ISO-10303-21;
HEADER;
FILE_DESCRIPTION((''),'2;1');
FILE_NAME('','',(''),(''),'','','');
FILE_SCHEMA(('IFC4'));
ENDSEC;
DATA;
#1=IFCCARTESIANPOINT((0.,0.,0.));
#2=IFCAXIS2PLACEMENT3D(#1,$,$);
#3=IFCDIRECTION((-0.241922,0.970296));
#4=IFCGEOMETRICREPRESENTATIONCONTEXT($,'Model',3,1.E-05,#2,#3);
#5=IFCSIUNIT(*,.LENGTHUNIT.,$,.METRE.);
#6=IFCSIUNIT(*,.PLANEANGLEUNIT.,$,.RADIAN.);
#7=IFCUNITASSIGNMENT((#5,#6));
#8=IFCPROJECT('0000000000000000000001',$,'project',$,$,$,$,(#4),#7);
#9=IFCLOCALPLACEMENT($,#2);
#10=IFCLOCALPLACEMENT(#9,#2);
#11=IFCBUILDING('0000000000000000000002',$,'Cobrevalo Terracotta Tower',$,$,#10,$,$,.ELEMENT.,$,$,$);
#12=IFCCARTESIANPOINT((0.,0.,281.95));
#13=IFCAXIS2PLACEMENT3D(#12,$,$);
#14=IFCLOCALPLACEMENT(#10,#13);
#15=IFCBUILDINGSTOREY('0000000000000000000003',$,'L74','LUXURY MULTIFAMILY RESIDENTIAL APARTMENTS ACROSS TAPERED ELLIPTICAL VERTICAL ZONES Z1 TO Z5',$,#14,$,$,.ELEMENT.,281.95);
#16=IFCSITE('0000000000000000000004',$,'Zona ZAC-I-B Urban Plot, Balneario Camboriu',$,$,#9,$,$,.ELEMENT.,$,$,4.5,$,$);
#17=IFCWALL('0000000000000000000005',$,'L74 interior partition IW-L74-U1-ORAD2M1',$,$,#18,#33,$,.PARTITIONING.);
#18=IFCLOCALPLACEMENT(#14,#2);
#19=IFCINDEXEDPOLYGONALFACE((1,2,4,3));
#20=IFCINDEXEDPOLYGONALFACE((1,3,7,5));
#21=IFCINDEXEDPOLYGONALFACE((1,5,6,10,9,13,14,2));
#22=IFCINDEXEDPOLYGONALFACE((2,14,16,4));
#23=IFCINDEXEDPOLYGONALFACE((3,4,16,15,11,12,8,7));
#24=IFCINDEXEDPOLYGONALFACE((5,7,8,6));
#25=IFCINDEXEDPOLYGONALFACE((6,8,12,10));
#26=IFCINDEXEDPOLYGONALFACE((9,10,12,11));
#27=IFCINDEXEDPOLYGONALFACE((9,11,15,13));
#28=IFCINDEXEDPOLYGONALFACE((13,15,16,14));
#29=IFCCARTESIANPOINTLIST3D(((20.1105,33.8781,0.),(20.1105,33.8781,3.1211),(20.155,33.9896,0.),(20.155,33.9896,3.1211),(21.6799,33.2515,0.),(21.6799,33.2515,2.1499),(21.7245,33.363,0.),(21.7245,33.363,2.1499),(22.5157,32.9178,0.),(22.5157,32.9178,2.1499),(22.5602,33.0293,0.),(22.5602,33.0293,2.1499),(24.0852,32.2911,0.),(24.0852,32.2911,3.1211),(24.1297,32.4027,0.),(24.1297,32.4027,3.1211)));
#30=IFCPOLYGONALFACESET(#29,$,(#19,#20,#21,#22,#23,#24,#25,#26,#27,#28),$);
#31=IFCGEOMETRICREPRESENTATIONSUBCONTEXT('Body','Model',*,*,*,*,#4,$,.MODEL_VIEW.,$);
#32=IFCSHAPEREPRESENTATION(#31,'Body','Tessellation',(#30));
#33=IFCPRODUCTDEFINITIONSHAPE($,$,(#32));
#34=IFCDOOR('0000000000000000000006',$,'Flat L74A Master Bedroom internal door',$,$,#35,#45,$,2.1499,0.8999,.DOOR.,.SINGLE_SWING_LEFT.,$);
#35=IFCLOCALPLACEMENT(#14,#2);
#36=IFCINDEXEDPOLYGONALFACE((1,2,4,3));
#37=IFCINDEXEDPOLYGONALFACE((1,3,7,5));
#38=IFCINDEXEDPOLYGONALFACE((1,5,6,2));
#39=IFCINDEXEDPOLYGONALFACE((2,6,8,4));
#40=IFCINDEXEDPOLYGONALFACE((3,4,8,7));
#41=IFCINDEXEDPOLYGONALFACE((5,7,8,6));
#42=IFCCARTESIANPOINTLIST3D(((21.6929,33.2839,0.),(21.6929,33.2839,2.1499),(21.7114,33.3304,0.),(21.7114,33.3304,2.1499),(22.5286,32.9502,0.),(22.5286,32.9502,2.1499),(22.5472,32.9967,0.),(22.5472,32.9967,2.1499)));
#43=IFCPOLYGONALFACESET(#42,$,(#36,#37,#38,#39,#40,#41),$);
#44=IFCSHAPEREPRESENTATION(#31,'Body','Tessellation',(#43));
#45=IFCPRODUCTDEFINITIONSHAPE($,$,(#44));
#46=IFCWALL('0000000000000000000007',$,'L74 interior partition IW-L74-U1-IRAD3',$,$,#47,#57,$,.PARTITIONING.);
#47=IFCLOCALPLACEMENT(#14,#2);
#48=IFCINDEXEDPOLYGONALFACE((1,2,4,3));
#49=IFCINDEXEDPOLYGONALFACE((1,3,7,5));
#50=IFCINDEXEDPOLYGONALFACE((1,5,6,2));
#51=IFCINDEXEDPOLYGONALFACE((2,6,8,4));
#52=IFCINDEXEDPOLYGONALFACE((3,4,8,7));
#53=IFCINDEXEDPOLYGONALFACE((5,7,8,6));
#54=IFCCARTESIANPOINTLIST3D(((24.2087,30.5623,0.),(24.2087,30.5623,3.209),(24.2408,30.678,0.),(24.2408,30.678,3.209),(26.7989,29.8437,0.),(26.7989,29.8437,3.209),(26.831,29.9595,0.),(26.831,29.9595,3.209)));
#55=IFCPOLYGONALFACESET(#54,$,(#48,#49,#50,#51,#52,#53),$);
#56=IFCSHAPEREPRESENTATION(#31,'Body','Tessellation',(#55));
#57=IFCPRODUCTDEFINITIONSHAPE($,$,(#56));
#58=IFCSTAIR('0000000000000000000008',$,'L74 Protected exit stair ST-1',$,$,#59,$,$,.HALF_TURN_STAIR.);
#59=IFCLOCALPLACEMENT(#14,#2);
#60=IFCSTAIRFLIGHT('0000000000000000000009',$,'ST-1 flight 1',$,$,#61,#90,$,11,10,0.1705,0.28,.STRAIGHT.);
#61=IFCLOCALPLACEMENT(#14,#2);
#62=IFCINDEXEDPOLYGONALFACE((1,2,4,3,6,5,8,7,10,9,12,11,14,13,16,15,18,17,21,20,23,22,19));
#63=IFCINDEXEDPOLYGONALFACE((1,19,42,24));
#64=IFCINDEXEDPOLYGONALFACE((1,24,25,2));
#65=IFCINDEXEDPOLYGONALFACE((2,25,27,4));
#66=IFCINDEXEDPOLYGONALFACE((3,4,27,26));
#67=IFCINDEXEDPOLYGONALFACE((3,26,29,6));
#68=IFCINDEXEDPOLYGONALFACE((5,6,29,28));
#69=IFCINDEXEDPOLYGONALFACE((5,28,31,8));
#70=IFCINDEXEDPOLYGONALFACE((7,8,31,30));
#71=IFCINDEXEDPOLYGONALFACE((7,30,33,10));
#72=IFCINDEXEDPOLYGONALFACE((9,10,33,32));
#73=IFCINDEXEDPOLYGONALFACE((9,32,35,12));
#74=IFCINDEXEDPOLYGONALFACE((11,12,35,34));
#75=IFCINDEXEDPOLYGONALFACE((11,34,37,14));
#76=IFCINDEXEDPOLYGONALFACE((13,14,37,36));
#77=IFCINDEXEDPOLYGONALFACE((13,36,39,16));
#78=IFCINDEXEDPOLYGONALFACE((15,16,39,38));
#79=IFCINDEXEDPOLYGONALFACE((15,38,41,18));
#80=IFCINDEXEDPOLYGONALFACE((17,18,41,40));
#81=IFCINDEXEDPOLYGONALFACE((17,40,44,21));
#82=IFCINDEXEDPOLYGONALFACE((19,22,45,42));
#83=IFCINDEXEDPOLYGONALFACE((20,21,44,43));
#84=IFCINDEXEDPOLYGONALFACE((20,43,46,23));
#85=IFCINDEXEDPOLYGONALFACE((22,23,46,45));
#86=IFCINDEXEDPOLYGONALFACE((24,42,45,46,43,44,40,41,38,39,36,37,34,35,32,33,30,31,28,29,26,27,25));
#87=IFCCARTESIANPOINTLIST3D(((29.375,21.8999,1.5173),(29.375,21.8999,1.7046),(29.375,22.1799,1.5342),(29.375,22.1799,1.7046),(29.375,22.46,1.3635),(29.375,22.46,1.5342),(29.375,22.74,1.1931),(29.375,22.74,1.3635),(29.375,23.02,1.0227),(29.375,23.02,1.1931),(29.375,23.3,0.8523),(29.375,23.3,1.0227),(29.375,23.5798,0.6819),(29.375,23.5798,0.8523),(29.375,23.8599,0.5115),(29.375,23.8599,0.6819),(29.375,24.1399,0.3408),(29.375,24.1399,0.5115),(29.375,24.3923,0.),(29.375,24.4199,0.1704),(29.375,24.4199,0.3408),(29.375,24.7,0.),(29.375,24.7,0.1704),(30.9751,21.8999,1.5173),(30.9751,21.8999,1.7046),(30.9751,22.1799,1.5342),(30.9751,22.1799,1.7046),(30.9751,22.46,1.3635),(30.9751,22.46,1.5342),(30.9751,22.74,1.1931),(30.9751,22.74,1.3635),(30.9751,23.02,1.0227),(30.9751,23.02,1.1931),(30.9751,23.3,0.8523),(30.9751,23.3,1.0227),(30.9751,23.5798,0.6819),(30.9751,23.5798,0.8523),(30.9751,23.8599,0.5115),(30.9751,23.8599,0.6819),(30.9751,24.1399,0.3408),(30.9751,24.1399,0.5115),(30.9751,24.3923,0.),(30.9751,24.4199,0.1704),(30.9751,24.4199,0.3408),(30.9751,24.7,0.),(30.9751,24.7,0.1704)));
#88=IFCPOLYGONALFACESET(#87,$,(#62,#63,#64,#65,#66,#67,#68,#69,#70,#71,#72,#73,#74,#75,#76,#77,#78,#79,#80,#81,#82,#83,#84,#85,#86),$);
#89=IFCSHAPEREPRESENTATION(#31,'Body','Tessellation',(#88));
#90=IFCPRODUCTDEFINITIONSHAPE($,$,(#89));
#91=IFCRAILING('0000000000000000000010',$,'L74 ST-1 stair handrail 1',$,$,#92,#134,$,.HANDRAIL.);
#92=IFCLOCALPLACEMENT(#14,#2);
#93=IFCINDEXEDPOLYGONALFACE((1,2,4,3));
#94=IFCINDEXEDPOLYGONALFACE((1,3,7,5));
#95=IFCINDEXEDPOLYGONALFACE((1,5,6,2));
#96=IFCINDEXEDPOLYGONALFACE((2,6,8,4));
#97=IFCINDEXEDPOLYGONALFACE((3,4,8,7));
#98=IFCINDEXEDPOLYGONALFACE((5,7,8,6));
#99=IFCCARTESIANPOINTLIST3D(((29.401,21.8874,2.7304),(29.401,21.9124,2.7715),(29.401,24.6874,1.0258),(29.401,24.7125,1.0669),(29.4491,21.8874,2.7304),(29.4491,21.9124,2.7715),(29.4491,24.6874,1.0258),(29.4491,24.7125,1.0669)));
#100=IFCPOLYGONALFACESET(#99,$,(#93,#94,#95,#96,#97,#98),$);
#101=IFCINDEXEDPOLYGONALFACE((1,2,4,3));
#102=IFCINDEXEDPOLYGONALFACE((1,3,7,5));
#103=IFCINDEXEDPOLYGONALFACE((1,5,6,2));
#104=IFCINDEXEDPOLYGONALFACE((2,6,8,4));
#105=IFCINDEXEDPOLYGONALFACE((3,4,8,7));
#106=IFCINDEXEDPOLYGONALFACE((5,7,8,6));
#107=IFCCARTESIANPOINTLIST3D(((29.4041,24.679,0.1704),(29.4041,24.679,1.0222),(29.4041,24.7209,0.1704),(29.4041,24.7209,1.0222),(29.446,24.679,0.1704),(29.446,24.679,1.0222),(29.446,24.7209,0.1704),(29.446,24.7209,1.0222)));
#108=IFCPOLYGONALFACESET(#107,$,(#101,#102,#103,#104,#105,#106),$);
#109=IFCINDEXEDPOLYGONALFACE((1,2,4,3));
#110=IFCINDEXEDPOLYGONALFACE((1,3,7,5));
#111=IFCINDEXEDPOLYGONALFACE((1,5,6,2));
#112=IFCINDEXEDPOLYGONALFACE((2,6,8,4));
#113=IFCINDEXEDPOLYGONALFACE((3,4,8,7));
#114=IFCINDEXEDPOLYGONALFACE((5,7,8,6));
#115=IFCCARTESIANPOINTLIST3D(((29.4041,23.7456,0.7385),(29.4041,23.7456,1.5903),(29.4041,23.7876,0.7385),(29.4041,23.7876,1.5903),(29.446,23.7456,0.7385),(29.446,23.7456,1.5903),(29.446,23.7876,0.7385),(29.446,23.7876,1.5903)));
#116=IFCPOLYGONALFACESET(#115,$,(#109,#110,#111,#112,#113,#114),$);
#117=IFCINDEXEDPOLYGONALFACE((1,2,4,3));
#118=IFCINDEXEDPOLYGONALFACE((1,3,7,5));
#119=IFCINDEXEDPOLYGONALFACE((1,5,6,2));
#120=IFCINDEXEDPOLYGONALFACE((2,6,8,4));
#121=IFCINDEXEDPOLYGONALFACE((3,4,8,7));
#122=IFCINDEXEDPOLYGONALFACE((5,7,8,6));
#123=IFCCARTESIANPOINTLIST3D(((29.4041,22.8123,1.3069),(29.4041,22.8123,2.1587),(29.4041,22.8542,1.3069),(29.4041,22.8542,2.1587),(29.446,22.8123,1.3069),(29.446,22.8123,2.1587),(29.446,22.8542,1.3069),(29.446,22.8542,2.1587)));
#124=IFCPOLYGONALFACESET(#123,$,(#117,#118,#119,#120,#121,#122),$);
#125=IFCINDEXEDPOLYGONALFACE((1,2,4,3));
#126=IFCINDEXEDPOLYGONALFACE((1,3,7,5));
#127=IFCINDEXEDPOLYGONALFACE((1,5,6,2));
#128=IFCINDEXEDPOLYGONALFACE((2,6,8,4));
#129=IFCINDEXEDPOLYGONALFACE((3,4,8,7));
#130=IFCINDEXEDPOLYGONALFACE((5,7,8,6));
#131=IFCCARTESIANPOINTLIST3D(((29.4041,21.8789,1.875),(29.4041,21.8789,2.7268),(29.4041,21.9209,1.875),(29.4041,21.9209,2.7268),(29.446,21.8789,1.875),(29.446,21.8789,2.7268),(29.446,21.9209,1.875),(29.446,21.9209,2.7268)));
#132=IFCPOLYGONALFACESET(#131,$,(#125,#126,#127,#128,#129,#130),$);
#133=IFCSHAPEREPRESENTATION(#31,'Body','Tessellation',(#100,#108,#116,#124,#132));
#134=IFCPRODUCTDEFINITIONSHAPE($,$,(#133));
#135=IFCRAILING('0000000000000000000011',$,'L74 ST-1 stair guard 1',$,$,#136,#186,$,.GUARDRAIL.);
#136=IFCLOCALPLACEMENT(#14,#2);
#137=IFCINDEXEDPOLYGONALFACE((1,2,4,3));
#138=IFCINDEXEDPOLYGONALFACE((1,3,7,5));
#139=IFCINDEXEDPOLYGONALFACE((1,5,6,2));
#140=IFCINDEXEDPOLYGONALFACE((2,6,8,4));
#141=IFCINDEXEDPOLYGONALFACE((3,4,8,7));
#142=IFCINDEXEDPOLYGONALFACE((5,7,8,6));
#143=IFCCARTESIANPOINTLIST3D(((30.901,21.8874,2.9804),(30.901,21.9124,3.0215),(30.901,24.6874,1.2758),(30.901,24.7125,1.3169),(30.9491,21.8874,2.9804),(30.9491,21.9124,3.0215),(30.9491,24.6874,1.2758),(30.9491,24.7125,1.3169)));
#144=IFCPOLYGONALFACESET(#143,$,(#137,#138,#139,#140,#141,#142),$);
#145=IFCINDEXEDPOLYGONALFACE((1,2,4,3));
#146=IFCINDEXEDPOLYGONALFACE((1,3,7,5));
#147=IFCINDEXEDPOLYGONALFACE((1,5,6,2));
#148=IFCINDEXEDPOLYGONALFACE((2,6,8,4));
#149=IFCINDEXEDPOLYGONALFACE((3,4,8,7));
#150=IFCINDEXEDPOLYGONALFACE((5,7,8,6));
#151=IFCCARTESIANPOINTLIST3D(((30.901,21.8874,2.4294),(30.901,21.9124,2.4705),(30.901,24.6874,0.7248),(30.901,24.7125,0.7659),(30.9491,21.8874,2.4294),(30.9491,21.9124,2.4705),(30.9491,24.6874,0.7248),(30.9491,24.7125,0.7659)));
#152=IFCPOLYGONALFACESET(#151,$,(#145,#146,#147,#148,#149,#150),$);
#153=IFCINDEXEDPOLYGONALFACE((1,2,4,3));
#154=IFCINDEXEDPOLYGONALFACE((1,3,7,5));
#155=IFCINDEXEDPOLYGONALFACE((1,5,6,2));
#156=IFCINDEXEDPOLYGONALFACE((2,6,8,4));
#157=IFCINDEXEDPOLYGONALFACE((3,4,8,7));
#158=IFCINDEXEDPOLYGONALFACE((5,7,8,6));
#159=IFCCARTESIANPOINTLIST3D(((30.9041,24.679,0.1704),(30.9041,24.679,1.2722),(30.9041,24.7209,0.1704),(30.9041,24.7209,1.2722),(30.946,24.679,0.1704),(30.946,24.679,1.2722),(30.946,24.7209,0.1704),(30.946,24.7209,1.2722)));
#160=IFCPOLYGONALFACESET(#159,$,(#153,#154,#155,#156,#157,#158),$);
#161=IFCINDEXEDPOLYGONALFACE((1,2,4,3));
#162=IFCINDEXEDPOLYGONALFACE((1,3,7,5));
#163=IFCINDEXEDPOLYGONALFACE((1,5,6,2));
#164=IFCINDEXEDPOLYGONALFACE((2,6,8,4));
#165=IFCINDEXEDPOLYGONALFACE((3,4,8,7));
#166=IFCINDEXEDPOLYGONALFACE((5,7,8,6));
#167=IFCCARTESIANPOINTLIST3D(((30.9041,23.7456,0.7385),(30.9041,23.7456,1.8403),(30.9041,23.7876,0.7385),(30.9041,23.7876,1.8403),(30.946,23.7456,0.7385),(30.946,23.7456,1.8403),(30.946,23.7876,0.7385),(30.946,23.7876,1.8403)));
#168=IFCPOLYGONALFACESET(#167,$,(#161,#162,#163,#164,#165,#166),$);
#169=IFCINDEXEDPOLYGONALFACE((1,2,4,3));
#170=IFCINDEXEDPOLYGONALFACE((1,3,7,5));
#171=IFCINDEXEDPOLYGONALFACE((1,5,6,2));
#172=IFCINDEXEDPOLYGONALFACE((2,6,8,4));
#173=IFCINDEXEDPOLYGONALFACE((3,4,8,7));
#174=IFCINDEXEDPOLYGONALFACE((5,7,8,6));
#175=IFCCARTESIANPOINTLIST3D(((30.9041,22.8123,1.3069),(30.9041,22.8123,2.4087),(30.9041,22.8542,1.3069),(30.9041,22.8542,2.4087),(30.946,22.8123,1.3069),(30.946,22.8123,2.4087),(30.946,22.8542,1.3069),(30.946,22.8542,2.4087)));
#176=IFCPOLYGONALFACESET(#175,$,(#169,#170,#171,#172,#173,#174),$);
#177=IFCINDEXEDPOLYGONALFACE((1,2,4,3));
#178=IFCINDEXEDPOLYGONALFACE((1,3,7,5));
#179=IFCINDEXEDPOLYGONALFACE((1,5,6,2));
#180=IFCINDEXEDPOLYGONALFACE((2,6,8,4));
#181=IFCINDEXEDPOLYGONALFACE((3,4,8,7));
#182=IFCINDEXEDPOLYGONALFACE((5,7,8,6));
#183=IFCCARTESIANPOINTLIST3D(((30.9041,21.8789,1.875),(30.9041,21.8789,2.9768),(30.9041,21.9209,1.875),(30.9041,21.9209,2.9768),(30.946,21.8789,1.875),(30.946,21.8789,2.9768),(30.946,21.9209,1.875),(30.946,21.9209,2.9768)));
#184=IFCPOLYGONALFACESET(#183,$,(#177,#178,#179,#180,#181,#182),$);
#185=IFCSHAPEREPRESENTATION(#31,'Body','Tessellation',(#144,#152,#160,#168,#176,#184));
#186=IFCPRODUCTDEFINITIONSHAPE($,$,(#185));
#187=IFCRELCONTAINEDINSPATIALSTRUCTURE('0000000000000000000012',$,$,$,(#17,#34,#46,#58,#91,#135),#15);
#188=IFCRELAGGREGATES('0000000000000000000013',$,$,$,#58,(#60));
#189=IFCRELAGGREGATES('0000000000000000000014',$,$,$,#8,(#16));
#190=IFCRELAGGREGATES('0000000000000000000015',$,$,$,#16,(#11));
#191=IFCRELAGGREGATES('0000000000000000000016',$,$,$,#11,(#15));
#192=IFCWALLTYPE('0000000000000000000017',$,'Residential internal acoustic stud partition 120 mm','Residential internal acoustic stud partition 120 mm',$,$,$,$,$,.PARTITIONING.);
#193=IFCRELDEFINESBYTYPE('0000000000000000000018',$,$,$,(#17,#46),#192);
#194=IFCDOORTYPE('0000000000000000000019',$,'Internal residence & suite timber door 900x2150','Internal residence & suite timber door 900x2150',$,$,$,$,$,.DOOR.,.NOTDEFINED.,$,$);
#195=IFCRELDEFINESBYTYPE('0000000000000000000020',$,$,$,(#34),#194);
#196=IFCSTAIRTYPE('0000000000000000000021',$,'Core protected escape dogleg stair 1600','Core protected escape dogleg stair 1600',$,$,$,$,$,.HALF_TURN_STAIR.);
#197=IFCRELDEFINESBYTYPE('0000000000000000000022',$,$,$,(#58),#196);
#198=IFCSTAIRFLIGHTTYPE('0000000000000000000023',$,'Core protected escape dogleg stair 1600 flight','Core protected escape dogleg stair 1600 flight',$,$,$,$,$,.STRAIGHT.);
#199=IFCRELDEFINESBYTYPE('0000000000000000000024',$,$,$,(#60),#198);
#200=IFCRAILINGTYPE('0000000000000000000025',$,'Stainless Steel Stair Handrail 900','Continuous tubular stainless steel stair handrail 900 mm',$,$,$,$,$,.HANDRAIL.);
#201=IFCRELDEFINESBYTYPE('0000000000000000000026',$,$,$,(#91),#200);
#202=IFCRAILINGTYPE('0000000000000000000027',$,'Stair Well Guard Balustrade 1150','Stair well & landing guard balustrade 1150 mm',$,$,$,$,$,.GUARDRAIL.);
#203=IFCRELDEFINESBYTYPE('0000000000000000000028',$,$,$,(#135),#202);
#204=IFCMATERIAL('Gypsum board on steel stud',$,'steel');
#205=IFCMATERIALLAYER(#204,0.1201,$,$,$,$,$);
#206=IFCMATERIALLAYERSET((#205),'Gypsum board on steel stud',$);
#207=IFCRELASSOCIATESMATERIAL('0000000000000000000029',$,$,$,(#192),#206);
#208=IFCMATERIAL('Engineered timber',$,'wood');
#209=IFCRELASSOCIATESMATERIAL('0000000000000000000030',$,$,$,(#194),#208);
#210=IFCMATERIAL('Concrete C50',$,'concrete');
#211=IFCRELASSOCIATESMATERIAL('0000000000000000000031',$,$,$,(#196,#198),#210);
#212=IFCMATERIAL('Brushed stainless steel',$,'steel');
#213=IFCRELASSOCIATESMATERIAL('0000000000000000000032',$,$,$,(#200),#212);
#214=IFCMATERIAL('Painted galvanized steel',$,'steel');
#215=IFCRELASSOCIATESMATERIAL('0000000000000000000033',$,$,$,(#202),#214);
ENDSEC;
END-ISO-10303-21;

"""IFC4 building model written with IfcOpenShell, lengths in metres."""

from ifc_helpers import new_model, si_unit, direction, frame, frame_2d, origin, origin_2d, place, context, subcontext, project, spatial, polyline, rectangle, outline, extrude, source, transform, mapped, material, layer, layer_set, type_object, element, fill, aggregate, save


model = new_model("IFC4")

# Units and contexts
model_context = context("Model", 3, precision=1e-05, world=origin(), true_north=direction((-0.241922, 0.970296)))
body_context = subcontext(model_context, "Body", "Model", "MODEL_VIEW")
ifc_project = project(units=[si_unit("LENGTHUNIT", "METRE"), si_unit("PLANEANGLEUNIT", "RADIAN")], contexts=[model_context])

# Site, building, storey
site_placement = place(None, origin())
site = spatial("IfcSite", under=ifc_project, at=site_placement, Name="Zona ZAC-I-B Urban Plot, Balneario Camboriu", CompositionType="ELEMENT", RefElevation=4.5)
building_placement = place(site_placement, origin())
building = spatial("IfcBuilding", under=site, at=building_placement, Name="Cobrevalo Terracotta Tower", CompositionType="ELEMENT")
storey_placement = place(building_placement, frame((0.0, 0.0, 281.95)))
storey = spatial("IfcBuildingStorey", under=building, at=storey_placement, Name="L74", Description="LUXURY MULTIFAMILY RESIDENTIAL APARTMENTS ACROSS TAPERED ELLIPTICAL VERTICAL ZONES Z1 TO Z5", CompositionType="ELEMENT", Elevation=281.95)

# Shared definitions
ifc_material_1 = material(Name="Gypsum board on steel stud", Category="steel")

# Shared definitions
ifc_material_2 = material(Name="Brushed stainless steel", Category="steel")

# Wall, opening, door
ifc_layer_1 = layer(ifc_material_1, 0.1201)
ifc_layer_set_1 = layer_set([ifc_layer_1], Name="Gypsum board on steel stud")
wall_type_1 = type_object("IfcWallType", Name="Residential internal acoustic stud partition 120 mm", Description="Residential internal acoustic stud partition 120 mm", PredefinedType="PARTITIONING", material=ifc_layer_set_1)
wall_1_placement = place(storey_placement, frame((24.1074, 32.3469, 0.0), z_axis=(0.0, 0.0, 1.0), x_axis=(-0.928713, 0.3708, 0.0)))
wall_1 = element("IfcWall", 1, at=wall_1_placement, inside=storey, type_object=wall_type_1, Name="L74 interior partition IW-L74-U1-ORAD2M1", PredefinedType="PARTITIONING", context=body_context, shape_type="SweptSolid", body=[
    extrude(rectangle(XDim=4.2798, YDim=0.1201, at=frame_2d((2.1399, 0.0))), origin(), (0.0, 0.0, 1.0), 3.1211),
])
opening_1_placement = place(wall_1_placement, frame((1.6899, 0.0, 0.0)))
opening_1 = element("IfcOpeningElement", 2, at=opening_1_placement, cuts=wall_1, PredefinedType="OPENING", context=body_context, shape_type="SweptSolid", body=[
    extrude(rectangle(XDim=0.8999, YDim=2.1499, at=frame_2d((0.45, 1.075))), frame((0.0, 0.0701, 0.0), z_axis=(0.0, -1.0, 0.0), x_axis=(1.0, 0.0, 0.0)), (0.0, 0.0, 1.0), 0.1401),
])
ifc_material_3 = material(Name="Engineered timber", Category="wood")
door_type_1 = type_object("IfcDoorType", Name="Internal residence & suite timber door 900x2150", Description="Internal residence & suite timber door 900x2150", OperationType="NOTDEFINED", PredefinedType="DOOR", material=ifc_material_3)
shared_shape_1 = source(origin(), body_context, "Body", "SweptSolid", [
    extrude(rectangle(XDim=0.8999, YDim=2.1499, at=frame_2d((0.45, 1.075))), frame((0.0, 0.0249, 0.0), z_axis=(0.0, -1.0, 0.0), x_axis=(1.0, 0.0, 0.0)), (0.0, 0.0, 1.0), 0.05),
])
door_1_placement = place(opening_1_placement, frame((0.8999, 0.0, 0.0), z_axis=(0.0, 0.0, 1.0), x_axis=(-1.0, 0.0, 0.0)))
door_1 = element("IfcDoor", 3, at=door_1_placement, inside=storey, type_object=door_type_1, Name="Flat L74A Master Bedroom internal door", OperationType="SINGLE_SWING_LEFT", OverallHeight=2.1499, OverallWidth=0.8999, PredefinedType="DOOR", context=body_context, shape_type="MappedRepresentation", body=[
    mapped(shared_shape_1, transform((0.0, 0.0, 0.0), scale=1.0)),
])
fill(opening_1, door_1)

# Wall
wall_2_placement = place(storey_placement, frame((26.8149, 29.9016, 0.0), z_axis=(0.0, 0.0, 1.0), x_axis=(-0.96361, 0.267311, 0.0)))
element("IfcWall", 4, at=wall_2_placement, inside=storey, type_object=wall_type_1, Name="L74 interior partition IW-L74-U1-IRAD3", PredefinedType="PARTITIONING", context=body_context, shape_type="SweptSolid", body=[
    extrude(rectangle(XDim=2.688, YDim=0.1201, at=frame_2d((1.344, 0.0))), origin(), (0.0, 0.0, 1.0), 3.209),
])

# Shared definitions
ifc_material_4 = material(Name="Concrete C50", Category="concrete")

# Stair, stair flight
stair_type = type_object("IfcStairType", Name="Core protected escape dogleg stair 1600", Description="Core protected escape dogleg stair 1600", PredefinedType="HALF_TURN_STAIR", material=ifc_material_4)
stair_placement = place(storey_placement, origin())
stair = element("IfcStair", 5, at=stair_placement, inside=storey, type_object=stair_type, Name="L74 Protected exit stair ST-1", PredefinedType="HALF_TURN_STAIR")
stair_flight_type = type_object("IfcStairFlightType", Name="Core protected escape dogleg stair 1600 flight", Description="Core protected escape dogleg stair 1600 flight", PredefinedType="STRAIGHT", material=ifc_material_4)
stair_flight_placement = place(storey_placement, frame((30.175, 24.7, 0.0), z_axis=(0.0, 0.0, 1.0), x_axis=(0.0, -1.0, 0.0)))
stair_flight = element("IfcStairFlight", 6, at=stair_flight_placement, type_object=stair_flight_type, Name="ST-1 flight 1", NumberOfRisers=11, NumberOfTreads=10, PredefinedType="STRAIGHT", RiserHeight=0.1705, TreadLength=0.28, context=body_context, shape_type="SweptSolid", body=[
    extrude(outline(polyline([(0.0, 0.0), (0.0, 0.1704), (0.28, 0.1704), (0.28, 0.3408), (0.5601, 0.3408), (0.5601, 0.5115), (0.8401, 0.5115), (0.8401, 0.6819), (1.1201, 0.6819), (1.1201, 0.8523), (1.3999, 0.8523), (1.3999, 1.0227), (1.6799, 1.0227), (1.6799, 1.1931), (1.96, 1.1931), (1.96, 1.3635), (2.24, 1.3635), (2.24, 1.5342), (2.52, 1.5342), (2.52, 1.7046), (2.8, 1.7046), (2.8, 1.875), (2.8, 1.5173), (0.3076, 0.0), (0.0, 0.0)])), frame((0.0, 0.8, 0.0), z_axis=(0.0, -1.0, 0.0), x_axis=(1.0, 0.0, 0.0)), (0.0, 0.0, 1.0), 1.6001),
])
aggregate(stair, [stair_flight])

# Railings
railing_type_1 = type_object("IfcRailingType", Name="Stainless Steel Stair Handrail 900", Description="Continuous tubular stainless steel stair handrail 900 mm", PredefinedType="HANDRAIL", material=ifc_material_2)
railing_1_placement = place(storey_placement, frame((29.425, 24.7, 0.1704)))
element("IfcRailing", 7, at=railing_1_placement, inside=storey, type_object=railing_type_1, Name="L74 ST-1 stair handrail 1", PredefinedType="HANDRAIL", context=body_context, shape_type="SweptSolid", body=[
    extrude(rectangle(XDim=0.0481, YDim=0.0481, at=origin_2d()), frame((0.0, 0.0, 0.876), z_axis=(0.0, -0.85417, 0.519994), x_axis=(1.0, 0.0, 0.0)), (0.0, 0.0, 1.0), 3.2781),
    extrude(rectangle(XDim=0.042, YDim=0.042, at=origin_2d()), origin(), (0.0, 0.0, 1.0), 0.8518),
    extrude(rectangle(XDim=0.042, YDim=0.042, at=origin_2d()), frame((0.0, -0.9333, 0.5681)), (0.0, 0.0, 1.0), 0.8518),
    extrude(rectangle(XDim=0.042, YDim=0.042, at=origin_2d()), frame((0.0, -1.8667, 1.1365)), (0.0, 0.0, 1.0), 0.8518),
    extrude(rectangle(XDim=0.042, YDim=0.042, at=origin_2d()), frame((0.0, -2.8, 1.7046)), (0.0, 0.0, 1.0), 0.8518),
])
ifc_material_5 = material(Name="Painted galvanized steel", Category="steel")
railing_type_2 = type_object("IfcRailingType", Name="Stair Well Guard Balustrade 1150", Description="Stair well & landing guard balustrade 1150 mm", PredefinedType="GUARDRAIL", material=ifc_material_5)
railing_2_placement = place(storey_placement, frame((30.925, 24.7, 0.1704)))
element("IfcRailing", 8, at=railing_2_placement, inside=storey, type_object=railing_type_2, Name="L74 ST-1 stair guard 1", PredefinedType="GUARDRAIL", context=body_context, shape_type="SweptSolid", body=[
    extrude(rectangle(XDim=0.0481, YDim=0.0481, at=origin_2d()), frame((0.0, 0.0, 1.126), z_axis=(0.0, -0.85417, 0.519994), x_axis=(1.0, 0.0, 0.0)), (0.0, 0.0, 1.0), 3.2781),
    extrude(rectangle(XDim=0.0481, YDim=0.0481, at=origin_2d()), frame((0.0, 0.0, 0.575), z_axis=(0.0, -0.85417, 0.519994), x_axis=(1.0, 0.0, 0.0)), (0.0, 0.0, 1.0), 3.2781),
    extrude(rectangle(XDim=0.042, YDim=0.042, at=origin_2d()), origin(), (0.0, 0.0, 1.0), 1.1018),
    extrude(rectangle(XDim=0.042, YDim=0.042, at=origin_2d()), frame((0.0, -0.9333, 0.5681)), (0.0, 0.0, 1.0), 1.1018),
    extrude(rectangle(XDim=0.042, YDim=0.042, at=origin_2d()), frame((0.0, -1.8667, 1.1365)), (0.0, 0.0, 1.0), 1.1018),
    extrude(rectangle(XDim=0.042, YDim=0.042, at=origin_2d()), frame((0.0, -2.8, 1.7046)), (0.0, 0.0, 1.0), 1.1018),
])

save(model, "model.ifc")
